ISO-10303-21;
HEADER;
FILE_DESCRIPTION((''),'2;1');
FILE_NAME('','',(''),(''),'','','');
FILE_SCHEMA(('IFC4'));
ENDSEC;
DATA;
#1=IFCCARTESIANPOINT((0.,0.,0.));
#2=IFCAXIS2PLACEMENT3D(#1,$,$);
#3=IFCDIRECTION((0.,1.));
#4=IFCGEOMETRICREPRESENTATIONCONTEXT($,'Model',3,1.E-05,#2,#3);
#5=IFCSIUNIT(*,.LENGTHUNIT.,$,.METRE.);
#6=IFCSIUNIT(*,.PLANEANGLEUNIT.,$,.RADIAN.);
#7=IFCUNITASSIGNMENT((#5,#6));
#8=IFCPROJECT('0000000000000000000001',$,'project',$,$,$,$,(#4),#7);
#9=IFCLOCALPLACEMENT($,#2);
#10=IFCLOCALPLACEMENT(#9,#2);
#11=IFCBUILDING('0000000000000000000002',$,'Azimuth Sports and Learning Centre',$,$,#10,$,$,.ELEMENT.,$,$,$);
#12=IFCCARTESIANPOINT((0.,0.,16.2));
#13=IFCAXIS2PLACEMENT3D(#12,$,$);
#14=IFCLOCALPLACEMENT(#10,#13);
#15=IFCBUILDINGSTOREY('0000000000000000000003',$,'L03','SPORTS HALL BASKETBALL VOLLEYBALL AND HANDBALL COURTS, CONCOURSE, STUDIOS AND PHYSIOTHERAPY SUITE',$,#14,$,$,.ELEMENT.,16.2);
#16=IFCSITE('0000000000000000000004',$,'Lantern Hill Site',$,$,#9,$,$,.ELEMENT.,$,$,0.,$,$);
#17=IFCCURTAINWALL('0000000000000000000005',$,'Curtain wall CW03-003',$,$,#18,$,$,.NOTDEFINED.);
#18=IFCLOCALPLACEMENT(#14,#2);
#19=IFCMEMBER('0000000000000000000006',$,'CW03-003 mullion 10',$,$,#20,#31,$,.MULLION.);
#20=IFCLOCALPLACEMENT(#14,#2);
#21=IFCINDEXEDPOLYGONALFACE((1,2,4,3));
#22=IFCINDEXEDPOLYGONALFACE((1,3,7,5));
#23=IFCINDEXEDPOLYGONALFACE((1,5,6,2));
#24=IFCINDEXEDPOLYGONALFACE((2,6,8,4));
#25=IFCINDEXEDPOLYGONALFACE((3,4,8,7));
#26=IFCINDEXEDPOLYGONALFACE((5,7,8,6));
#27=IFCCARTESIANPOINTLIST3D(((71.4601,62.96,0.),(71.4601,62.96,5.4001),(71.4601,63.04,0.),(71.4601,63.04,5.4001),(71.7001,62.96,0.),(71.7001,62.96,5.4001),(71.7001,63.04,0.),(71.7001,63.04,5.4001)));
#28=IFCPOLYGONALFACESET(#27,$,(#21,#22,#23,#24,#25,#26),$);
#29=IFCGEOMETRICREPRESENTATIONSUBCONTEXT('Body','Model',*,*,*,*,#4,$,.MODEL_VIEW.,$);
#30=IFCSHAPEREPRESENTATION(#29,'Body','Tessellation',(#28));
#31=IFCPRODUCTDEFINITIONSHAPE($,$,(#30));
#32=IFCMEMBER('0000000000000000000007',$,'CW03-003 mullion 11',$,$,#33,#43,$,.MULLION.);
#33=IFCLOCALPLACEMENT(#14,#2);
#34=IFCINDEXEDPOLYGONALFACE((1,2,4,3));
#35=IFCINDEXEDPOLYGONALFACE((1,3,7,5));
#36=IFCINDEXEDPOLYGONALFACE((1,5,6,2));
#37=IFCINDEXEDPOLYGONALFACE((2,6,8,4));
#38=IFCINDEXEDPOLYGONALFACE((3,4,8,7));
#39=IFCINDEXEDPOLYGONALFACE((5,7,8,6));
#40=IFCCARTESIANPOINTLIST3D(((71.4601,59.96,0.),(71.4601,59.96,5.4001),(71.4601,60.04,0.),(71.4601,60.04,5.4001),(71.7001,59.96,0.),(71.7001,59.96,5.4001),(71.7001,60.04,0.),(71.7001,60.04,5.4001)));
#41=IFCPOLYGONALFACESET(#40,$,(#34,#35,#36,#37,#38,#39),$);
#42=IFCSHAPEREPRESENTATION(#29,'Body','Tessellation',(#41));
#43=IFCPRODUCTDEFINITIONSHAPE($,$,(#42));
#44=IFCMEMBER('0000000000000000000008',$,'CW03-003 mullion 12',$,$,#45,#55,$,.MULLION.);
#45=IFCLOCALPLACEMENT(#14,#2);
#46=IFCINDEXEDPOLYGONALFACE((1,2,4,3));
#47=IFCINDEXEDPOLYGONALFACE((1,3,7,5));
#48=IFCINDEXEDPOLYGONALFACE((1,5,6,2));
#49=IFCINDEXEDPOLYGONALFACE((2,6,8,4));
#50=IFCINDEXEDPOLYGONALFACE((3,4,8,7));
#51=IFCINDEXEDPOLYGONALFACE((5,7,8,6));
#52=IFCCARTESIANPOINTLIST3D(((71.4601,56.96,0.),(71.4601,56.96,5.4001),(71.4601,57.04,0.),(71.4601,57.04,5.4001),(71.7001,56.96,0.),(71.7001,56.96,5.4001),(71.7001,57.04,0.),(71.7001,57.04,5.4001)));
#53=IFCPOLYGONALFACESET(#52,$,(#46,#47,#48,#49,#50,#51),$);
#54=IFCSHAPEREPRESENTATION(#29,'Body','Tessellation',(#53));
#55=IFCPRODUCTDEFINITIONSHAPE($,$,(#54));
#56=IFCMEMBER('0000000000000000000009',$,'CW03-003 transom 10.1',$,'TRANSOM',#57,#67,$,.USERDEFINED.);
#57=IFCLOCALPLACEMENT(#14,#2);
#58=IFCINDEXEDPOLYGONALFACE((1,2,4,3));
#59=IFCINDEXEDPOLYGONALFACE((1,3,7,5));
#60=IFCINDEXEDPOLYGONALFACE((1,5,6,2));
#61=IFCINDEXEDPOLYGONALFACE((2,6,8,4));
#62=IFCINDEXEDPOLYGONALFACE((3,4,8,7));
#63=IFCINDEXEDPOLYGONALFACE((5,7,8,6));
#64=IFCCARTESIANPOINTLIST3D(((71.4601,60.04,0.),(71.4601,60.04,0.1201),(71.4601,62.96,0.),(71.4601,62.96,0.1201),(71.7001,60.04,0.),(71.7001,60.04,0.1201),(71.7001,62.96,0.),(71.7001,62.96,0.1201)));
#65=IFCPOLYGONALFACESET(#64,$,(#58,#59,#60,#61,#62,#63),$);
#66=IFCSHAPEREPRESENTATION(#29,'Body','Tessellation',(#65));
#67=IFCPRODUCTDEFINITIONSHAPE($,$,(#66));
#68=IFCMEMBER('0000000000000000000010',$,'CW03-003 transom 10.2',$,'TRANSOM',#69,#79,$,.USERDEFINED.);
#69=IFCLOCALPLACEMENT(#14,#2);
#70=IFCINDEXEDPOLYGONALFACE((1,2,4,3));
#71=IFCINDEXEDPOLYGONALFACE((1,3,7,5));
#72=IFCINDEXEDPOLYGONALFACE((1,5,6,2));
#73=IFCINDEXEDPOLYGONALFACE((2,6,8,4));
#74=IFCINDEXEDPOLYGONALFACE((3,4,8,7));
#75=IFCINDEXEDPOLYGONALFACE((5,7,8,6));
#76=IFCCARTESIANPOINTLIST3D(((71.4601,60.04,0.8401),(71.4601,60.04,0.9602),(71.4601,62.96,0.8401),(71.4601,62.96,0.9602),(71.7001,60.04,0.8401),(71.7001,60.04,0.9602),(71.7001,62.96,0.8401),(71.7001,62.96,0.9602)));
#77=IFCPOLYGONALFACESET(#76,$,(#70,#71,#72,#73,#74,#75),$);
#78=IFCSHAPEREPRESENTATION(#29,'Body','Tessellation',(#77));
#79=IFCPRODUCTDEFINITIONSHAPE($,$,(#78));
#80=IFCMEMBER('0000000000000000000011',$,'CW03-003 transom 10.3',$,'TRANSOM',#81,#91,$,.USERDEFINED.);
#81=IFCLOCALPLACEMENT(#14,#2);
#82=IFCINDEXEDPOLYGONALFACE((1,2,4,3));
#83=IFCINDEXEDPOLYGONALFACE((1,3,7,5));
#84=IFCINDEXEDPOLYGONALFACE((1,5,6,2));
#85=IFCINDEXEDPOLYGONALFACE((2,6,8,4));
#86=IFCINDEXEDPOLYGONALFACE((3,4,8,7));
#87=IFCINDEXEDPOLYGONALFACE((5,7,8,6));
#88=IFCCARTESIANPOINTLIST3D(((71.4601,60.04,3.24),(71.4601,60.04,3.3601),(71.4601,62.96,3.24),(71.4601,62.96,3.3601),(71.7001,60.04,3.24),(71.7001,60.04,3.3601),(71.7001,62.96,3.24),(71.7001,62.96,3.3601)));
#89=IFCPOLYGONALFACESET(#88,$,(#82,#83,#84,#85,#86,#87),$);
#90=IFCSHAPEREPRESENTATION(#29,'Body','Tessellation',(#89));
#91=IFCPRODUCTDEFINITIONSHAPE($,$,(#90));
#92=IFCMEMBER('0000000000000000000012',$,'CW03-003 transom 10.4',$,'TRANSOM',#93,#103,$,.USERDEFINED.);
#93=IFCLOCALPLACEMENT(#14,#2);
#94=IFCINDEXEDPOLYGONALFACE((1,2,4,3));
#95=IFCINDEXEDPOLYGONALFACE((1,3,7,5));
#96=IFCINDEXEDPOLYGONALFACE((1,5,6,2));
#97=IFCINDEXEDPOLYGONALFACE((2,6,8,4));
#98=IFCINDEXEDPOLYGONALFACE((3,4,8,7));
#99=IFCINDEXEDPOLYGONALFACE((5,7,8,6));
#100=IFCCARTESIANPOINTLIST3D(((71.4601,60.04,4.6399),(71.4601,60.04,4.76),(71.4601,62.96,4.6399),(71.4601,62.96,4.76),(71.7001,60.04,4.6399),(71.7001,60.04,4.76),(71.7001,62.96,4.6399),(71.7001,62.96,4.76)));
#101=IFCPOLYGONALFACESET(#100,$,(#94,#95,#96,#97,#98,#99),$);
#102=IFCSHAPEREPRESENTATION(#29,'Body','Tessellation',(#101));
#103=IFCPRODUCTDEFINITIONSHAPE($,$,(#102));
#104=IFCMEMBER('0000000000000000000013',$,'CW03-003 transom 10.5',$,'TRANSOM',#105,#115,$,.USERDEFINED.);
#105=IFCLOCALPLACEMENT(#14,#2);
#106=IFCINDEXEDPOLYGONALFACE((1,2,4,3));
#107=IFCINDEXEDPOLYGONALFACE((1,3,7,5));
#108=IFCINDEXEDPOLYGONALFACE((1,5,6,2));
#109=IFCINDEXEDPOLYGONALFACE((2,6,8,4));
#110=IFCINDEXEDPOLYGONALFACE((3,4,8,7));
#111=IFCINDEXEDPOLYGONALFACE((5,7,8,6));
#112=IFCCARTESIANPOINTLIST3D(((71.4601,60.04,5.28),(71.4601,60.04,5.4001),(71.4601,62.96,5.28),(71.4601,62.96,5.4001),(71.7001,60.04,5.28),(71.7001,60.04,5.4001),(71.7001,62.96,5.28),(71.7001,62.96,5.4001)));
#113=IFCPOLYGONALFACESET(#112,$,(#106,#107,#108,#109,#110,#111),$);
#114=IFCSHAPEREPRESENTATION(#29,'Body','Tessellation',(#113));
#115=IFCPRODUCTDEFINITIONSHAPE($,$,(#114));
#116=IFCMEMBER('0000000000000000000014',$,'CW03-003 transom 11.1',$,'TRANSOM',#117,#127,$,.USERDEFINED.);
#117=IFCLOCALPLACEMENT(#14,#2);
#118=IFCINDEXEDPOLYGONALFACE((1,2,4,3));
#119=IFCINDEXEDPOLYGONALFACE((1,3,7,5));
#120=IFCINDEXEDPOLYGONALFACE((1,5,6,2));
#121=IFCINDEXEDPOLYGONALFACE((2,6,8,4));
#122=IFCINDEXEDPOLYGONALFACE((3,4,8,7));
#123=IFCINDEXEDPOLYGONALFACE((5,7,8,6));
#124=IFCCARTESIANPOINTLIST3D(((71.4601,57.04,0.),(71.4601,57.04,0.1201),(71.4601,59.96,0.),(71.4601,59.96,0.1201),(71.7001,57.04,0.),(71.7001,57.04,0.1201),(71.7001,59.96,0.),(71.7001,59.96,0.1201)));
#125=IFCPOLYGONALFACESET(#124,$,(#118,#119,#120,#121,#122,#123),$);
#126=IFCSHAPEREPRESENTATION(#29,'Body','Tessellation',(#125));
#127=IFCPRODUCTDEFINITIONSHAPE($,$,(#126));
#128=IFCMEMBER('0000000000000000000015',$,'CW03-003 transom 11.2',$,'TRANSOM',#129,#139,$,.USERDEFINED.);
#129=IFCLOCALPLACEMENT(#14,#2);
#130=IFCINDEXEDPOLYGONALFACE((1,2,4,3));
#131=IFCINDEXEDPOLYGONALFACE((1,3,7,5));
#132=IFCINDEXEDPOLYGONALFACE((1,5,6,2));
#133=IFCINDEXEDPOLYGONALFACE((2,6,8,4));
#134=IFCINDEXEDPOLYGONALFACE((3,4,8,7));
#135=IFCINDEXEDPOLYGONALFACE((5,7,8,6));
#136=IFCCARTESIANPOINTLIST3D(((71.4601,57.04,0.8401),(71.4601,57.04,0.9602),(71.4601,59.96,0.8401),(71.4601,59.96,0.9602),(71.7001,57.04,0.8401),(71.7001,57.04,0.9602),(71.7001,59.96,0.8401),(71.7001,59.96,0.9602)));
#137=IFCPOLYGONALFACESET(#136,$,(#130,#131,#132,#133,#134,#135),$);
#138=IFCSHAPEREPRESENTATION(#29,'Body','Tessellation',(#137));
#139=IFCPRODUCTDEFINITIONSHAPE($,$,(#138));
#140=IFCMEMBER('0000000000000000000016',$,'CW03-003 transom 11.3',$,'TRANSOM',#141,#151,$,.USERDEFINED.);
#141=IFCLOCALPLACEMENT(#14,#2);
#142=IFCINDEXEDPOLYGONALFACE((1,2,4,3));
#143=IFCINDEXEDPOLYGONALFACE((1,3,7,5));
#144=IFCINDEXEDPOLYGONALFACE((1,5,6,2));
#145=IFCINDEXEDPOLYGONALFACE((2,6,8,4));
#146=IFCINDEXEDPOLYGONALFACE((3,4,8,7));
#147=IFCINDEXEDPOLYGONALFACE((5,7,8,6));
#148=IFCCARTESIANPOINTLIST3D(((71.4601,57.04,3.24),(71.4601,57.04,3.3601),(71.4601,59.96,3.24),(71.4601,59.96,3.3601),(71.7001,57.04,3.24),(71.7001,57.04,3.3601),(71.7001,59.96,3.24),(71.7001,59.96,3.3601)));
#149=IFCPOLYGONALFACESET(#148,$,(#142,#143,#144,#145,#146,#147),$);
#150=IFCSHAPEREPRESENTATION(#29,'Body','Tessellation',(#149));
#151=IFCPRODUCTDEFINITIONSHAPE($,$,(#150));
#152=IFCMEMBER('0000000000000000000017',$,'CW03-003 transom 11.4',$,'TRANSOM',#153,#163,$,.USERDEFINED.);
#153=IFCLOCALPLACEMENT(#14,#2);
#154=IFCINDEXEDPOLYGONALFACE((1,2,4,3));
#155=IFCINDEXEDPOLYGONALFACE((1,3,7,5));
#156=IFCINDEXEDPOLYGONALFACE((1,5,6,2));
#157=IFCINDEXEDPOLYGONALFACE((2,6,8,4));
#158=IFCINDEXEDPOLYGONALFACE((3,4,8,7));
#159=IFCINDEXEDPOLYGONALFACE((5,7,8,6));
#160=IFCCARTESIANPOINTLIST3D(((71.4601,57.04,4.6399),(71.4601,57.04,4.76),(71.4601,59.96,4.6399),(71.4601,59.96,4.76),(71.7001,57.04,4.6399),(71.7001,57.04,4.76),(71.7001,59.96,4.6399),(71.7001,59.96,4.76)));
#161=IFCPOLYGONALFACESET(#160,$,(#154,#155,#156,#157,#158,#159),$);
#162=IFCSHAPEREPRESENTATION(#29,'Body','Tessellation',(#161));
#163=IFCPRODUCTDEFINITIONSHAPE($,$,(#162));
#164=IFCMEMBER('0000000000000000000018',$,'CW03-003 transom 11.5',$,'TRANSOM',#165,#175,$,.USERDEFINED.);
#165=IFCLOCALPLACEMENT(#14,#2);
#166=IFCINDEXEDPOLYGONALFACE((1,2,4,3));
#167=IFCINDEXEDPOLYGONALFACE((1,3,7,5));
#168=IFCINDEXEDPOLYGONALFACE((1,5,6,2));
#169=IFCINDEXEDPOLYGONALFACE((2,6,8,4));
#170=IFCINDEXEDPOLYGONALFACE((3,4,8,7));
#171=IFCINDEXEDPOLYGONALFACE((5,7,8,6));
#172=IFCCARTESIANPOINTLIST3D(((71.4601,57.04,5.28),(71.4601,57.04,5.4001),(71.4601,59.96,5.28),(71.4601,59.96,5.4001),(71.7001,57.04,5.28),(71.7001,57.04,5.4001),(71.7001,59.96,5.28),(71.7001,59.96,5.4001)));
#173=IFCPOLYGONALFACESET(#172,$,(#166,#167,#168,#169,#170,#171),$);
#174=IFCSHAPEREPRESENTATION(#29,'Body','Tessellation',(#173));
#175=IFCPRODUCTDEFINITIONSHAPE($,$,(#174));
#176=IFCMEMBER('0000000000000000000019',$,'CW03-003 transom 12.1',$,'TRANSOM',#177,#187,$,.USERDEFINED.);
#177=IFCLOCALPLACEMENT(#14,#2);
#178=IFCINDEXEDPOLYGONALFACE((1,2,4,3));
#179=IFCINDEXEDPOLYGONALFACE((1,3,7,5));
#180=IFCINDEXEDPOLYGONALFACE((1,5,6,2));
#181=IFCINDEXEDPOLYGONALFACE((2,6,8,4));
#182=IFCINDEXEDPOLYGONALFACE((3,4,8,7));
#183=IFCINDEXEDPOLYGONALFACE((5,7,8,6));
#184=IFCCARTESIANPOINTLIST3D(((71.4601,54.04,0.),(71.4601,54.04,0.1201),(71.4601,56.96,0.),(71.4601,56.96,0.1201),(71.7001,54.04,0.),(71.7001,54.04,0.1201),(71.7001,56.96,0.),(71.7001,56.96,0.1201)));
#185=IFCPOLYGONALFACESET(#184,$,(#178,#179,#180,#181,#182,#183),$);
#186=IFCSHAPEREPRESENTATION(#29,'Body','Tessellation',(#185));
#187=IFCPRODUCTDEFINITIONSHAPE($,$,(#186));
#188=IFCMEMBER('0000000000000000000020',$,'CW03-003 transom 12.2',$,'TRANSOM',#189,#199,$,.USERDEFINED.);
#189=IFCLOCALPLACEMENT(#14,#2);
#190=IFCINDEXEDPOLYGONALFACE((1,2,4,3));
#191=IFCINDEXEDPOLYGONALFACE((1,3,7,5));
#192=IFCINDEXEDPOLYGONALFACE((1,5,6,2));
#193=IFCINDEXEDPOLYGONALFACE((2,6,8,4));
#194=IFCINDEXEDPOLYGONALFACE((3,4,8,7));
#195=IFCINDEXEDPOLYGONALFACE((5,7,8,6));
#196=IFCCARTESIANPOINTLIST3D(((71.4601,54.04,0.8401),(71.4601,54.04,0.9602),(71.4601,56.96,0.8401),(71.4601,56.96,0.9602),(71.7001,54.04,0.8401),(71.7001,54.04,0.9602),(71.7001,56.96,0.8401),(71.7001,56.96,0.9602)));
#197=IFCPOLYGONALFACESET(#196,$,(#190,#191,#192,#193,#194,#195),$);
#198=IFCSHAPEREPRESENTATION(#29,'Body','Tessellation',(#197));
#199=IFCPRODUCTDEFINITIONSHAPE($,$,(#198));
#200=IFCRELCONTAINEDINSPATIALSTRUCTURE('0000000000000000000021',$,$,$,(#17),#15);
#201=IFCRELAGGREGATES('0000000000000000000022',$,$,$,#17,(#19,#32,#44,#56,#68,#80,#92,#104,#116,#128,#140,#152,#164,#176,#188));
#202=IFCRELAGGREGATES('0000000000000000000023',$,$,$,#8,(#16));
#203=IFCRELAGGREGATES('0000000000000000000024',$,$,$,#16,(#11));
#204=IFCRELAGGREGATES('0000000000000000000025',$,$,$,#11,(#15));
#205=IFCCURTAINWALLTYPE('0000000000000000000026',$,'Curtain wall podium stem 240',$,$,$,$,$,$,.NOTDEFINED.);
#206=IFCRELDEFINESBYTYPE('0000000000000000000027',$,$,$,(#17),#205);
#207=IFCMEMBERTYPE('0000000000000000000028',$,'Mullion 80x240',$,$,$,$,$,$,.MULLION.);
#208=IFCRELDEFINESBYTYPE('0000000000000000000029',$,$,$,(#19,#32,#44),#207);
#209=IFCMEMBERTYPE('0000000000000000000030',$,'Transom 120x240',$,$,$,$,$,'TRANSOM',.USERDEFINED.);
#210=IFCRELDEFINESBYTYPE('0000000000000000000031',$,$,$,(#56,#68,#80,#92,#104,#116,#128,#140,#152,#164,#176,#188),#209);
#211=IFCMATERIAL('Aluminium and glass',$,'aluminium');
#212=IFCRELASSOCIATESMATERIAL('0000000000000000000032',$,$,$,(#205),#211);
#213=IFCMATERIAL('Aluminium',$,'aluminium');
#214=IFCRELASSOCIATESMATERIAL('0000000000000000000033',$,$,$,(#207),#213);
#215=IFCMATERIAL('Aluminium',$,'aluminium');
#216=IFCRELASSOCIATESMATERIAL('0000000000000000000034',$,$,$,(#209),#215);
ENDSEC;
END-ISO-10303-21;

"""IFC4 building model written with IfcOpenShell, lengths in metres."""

from ifc_helpers import new_model, si_unit, direction, frame, origin, origin_2d, place, context, subcontext, project, spatial, rectangle, extrude, material, material_profile, profile_set, type_object, element, aggregate, save


model = new_model("IFC4")

# Units and contexts
model_context = context("Model", 3, precision=1e-05, world=origin(), true_north=direction((0.0, 1.0)))
body_context = subcontext(model_context, "Body", "Model", "MODEL_VIEW")
ifc_project = project(units=[si_unit("LENGTHUNIT", "METRE"), si_unit("PLANEANGLEUNIT", "RADIAN")], contexts=[model_context])

# Site, building, storey
site_placement = place(None, origin())
site = spatial("IfcSite", under=ifc_project, at=site_placement, Name="Lantern Hill Site", CompositionType="ELEMENT", RefElevation=0.0)
building_placement = place(site_placement, origin())
building = spatial("IfcBuilding", under=site, at=building_placement, Name="Azimuth Sports and Learning Centre", CompositionType="ELEMENT")
storey_placement = place(building_placement, frame((0.0, 0.0, 16.2)))
storey = spatial("IfcBuildingStorey", under=building, at=storey_placement, Name="L03", Description="SPORTS HALL BASKETBALL VOLLEYBALL AND HANDBALL COURTS, CONCOURSE, STUDIOS AND PHYSIOTHERAPY SUITE", CompositionType="ELEMENT", Elevation=16.2)

# Curtain wall, members
ifc_material_1 = material(Name="Aluminium and glass", Category="aluminium")
curtain_wall_type = type_object("IfcCurtainWallType", Name="Curtain wall podium stem 240", PredefinedType="NOTDEFINED", material=ifc_material_1)
curtain_wall_placement = place(storey_placement, origin())
curtain_wall = element("IfcCurtainWall", 1, at=curtain_wall_placement, inside=storey, type_object=curtain_wall_type, Name="Curtain wall CW03-003", PredefinedType="NOTDEFINED")
ifc_material_2 = material(Name="Aluminium", Category="aluminium")
ifc_material_profile_1 = material_profile(ifc_material_2, rectangle(XDim=0.24, YDim=0.0801, at=origin_2d()), Name="Mullion 80x240")
ifc_profile_set_1 = profile_set([ifc_material_profile_1], Name="Aluminium")
member_type_1 = type_object("IfcMemberType", Name="Mullion 80x240", PredefinedType="MULLION", material=ifc_profile_set_1)
member_1_placement = place(storey_placement, frame((71.5801, 63.0, 0.0), z_axis=(0.0, 0.0, 1.0), x_axis=(1.0, 0.0, 0.0)))
member_1 = element("IfcMember", 2, at=member_1_placement, type_object=member_type_1, Name="CW03-003 mullion 10", PredefinedType="MULLION", context=body_context, shape_type="SweptSolid", body=[
    extrude(rectangle(XDim=0.24, YDim=0.0801, at=origin_2d()), origin(), (0.0, 0.0, 1.0), 5.4001),
])
member_2_placement = place(storey_placement, frame((71.5801, 60.0, 0.0), z_axis=(0.0, 0.0, 1.0), x_axis=(1.0, 0.0, 0.0)))
member_2 = element("IfcMember", 3, at=member_2_placement, type_object=member_type_1, Name="CW03-003 mullion 11", PredefinedType="MULLION", context=body_context, shape_type="SweptSolid", body=[
    extrude(rectangle(XDim=0.24, YDim=0.0801, at=origin_2d()), origin(), (0.0, 0.0, 1.0), 5.4001),
])
member_3_placement = place(storey_placement, frame((71.5801, 57.0, 0.0), z_axis=(0.0, 0.0, 1.0), x_axis=(1.0, 0.0, 0.0)))
member_3 = element("IfcMember", 4, at=member_3_placement, type_object=member_type_1, Name="CW03-003 mullion 12", PredefinedType="MULLION", context=body_context, shape_type="SweptSolid", body=[
    extrude(rectangle(XDim=0.24, YDim=0.0801, at=origin_2d()), origin(), (0.0, 0.0, 1.0), 5.4001),
])
ifc_material_3 = material(Name="Aluminium", Category="aluminium")
ifc_material_profile_2 = material_profile(ifc_material_3, rectangle(XDim=0.24, YDim=0.1201, at=origin_2d()), Name="Transom 120x240")
ifc_profile_set_2 = profile_set([ifc_material_profile_2], Name="Aluminium")
member_type_2 = type_object("IfcMemberType", Name="Transom 120x240", ElementType="TRANSOM", PredefinedType="USERDEFINED", material=ifc_profile_set_2)
member_4_placement = place(storey_placement, frame((71.5801, 62.96, 0.0601), z_axis=(0.0, -1.0, 0.0), x_axis=(1.0, 0.0, 0.0)))
member_4 = element("IfcMember", 5, at=member_4_placement, type_object=member_type_2, Name="CW03-003 transom 10.1", ObjectType="TRANSOM", PredefinedType="USERDEFINED", context=body_context, shape_type="SweptSolid", body=[
    extrude(rectangle(XDim=0.24, YDim=0.1201, at=origin_2d()), origin(), (0.0, 0.0, 1.0), 2.9199),
])
member_5_placement = place(storey_placement, frame((71.5801, 62.96, 0.9001), z_axis=(0.0, -1.0, 0.0), x_axis=(1.0, 0.0, 0.0)))
member_5 = element("IfcMember", 6, at=member_5_placement, type_object=member_type_2, Name="CW03-003 transom 10.2", ObjectType="TRANSOM", PredefinedType="USERDEFINED", context=body_context, shape_type="SweptSolid", body=[
    extrude(rectangle(XDim=0.24, YDim=0.1201, at=origin_2d()), origin(), (0.0, 0.0, 1.0), 2.9199),
])
member_6_placement = place(storey_placement, frame((71.5801, 62.96, 3.3), z_axis=(0.0, -1.0, 0.0), x_axis=(1.0, 0.0, 0.0)))
member_6 = element("IfcMember", 7, at=member_6_placement, type_object=member_type_2, Name="CW03-003 transom 10.3", ObjectType="TRANSOM", PredefinedType="USERDEFINED", context=body_context, shape_type="SweptSolid", body=[
    extrude(rectangle(XDim=0.24, YDim=0.1201, at=origin_2d()), origin(), (0.0, 0.0, 1.0), 2.9199),
])
member_7_placement = place(storey_placement, frame((71.5801, 62.96, 4.7), z_axis=(0.0, -1.0, 0.0), x_axis=(1.0, 0.0, 0.0)))
member_7 = element("IfcMember", 8, at=member_7_placement, type_object=member_type_2, Name="CW03-003 transom 10.4", ObjectType="TRANSOM", PredefinedType="USERDEFINED", context=body_context, shape_type="SweptSolid", body=[
    extrude(rectangle(XDim=0.24, YDim=0.1201, at=origin_2d()), origin(), (0.0, 0.0, 1.0), 2.9199),
])
member_8_placement = place(storey_placement, frame((71.5801, 62.96, 5.3401), z_axis=(0.0, -1.0, 0.0), x_axis=(1.0, 0.0, 0.0)))
member_8 = element("IfcMember", 9, at=member_8_placement, type_object=member_type_2, Name="CW03-003 transom 10.5", ObjectType="TRANSOM", PredefinedType="USERDEFINED", context=body_context, shape_type="SweptSolid", body=[
    extrude(rectangle(XDim=0.24, YDim=0.1201, at=origin_2d()), origin(), (0.0, 0.0, 1.0), 2.9199),
])
member_9_placement = place(storey_placement, frame((71.5801, 59.96, 0.0601), z_axis=(0.0, -1.0, 0.0), x_axis=(1.0, 0.0, 0.0)))
member_9 = element("IfcMember", 10, at=member_9_placement, type_object=member_type_2, Name="CW03-003 transom 11.1", ObjectType="TRANSOM", PredefinedType="USERDEFINED", context=body_context, shape_type="SweptSolid", body=[
    extrude(rectangle(XDim=0.24, YDim=0.1201, at=origin_2d()), origin(), (0.0, 0.0, 1.0), 2.9199),
])
member_10_placement = place(storey_placement, frame((71.5801, 59.96, 0.9001), z_axis=(0.0, -1.0, 0.0), x_axis=(1.0, 0.0, 0.0)))
member_10 = element("IfcMember", 11, at=member_10_placement, type_object=member_type_2, Name="CW03-003 transom 11.2", ObjectType="TRANSOM", PredefinedType="USERDEFINED", context=body_context, shape_type="SweptSolid", body=[
    extrude(rectangle(XDim=0.24, YDim=0.1201, at=origin_2d()), origin(), (0.0, 0.0, 1.0), 2.9199),
])
member_11_placement = place(storey_placement, frame((71.5801, 59.96, 3.3), z_axis=(0.0, -1.0, 0.0), x_axis=(1.0, 0.0, 0.0)))
member_11 = element("IfcMember", 12, at=member_11_placement, type_object=member_type_2, Name="CW03-003 transom 11.3", ObjectType="TRANSOM", PredefinedType="USERDEFINED", context=body_context, shape_type="SweptSolid", body=[
    extrude(rectangle(XDim=0.24, YDim=0.1201, at=origin_2d()), origin(), (0.0, 0.0, 1.0), 2.9199),
])
member_12_placement = place(storey_placement, frame((71.5801, 59.96, 4.7), z_axis=(0.0, -1.0, 0.0), x_axis=(1.0, 0.0, 0.0)))
member_12 = element("IfcMember", 13, at=member_12_placement, type_object=member_type_2, Name="CW03-003 transom 11.4", ObjectType="TRANSOM", PredefinedType="USERDEFINED", context=body_context, shape_type="SweptSolid", body=[
    extrude(rectangle(XDim=0.24, YDim=0.1201, at=origin_2d()), origin(), (0.0, 0.0, 1.0), 2.9199),
])
member_13_placement = place(storey_placement, frame((71.5801, 59.96, 5.3401), z_axis=(0.0, -1.0, 0.0), x_axis=(1.0, 0.0, 0.0)))
member_13 = element("IfcMember", 14, at=member_13_placement, type_object=member_type_2, Name="CW03-003 transom 11.5", ObjectType="TRANSOM", PredefinedType="USERDEFINED", context=body_context, shape_type="SweptSolid", body=[
    extrude(rectangle(XDim=0.24, YDim=0.1201, at=origin_2d()), origin(), (0.0, 0.0, 1.0), 2.9199),
])
member_14_placement = place(storey_placement, frame((71.5801, 56.96, 0.0601), z_axis=(0.0, -1.0, 0.0), x_axis=(1.0, 0.0, 0.0)))
member_14 = element("IfcMember", 15, at=member_14_placement, type_object=member_type_2, Name="CW03-003 transom 12.1", ObjectType="TRANSOM", PredefinedType="USERDEFINED", context=body_context, shape_type="SweptSolid", body=[
    extrude(rectangle(XDim=0.24, YDim=0.1201, at=origin_2d()), origin(), (0.0, 0.0, 1.0), 2.9199),
])
member_15_placement = place(storey_placement, frame((71.5801, 56.96, 0.9001), z_axis=(0.0, -1.0, 0.0), x_axis=(1.0, 0.0, 0.0)))
member_15 = element("IfcMember", 16, at=member_15_placement, type_object=member_type_2, Name="CW03-003 transom 12.2", ObjectType="TRANSOM", PredefinedType="USERDEFINED", context=body_context, shape_type="SweptSolid", body=[
    extrude(rectangle(XDim=0.24, YDim=0.1201, at=origin_2d()), origin(), (0.0, 0.0, 1.0), 2.9199),
])
aggregate(curtain_wall, [member_1, member_2, member_3, member_4, member_5, member_6, member_7, member_8, member_9, member_10, member_11, member_12, member_13, member_14, member_15])

save(model, "model.ifc")
